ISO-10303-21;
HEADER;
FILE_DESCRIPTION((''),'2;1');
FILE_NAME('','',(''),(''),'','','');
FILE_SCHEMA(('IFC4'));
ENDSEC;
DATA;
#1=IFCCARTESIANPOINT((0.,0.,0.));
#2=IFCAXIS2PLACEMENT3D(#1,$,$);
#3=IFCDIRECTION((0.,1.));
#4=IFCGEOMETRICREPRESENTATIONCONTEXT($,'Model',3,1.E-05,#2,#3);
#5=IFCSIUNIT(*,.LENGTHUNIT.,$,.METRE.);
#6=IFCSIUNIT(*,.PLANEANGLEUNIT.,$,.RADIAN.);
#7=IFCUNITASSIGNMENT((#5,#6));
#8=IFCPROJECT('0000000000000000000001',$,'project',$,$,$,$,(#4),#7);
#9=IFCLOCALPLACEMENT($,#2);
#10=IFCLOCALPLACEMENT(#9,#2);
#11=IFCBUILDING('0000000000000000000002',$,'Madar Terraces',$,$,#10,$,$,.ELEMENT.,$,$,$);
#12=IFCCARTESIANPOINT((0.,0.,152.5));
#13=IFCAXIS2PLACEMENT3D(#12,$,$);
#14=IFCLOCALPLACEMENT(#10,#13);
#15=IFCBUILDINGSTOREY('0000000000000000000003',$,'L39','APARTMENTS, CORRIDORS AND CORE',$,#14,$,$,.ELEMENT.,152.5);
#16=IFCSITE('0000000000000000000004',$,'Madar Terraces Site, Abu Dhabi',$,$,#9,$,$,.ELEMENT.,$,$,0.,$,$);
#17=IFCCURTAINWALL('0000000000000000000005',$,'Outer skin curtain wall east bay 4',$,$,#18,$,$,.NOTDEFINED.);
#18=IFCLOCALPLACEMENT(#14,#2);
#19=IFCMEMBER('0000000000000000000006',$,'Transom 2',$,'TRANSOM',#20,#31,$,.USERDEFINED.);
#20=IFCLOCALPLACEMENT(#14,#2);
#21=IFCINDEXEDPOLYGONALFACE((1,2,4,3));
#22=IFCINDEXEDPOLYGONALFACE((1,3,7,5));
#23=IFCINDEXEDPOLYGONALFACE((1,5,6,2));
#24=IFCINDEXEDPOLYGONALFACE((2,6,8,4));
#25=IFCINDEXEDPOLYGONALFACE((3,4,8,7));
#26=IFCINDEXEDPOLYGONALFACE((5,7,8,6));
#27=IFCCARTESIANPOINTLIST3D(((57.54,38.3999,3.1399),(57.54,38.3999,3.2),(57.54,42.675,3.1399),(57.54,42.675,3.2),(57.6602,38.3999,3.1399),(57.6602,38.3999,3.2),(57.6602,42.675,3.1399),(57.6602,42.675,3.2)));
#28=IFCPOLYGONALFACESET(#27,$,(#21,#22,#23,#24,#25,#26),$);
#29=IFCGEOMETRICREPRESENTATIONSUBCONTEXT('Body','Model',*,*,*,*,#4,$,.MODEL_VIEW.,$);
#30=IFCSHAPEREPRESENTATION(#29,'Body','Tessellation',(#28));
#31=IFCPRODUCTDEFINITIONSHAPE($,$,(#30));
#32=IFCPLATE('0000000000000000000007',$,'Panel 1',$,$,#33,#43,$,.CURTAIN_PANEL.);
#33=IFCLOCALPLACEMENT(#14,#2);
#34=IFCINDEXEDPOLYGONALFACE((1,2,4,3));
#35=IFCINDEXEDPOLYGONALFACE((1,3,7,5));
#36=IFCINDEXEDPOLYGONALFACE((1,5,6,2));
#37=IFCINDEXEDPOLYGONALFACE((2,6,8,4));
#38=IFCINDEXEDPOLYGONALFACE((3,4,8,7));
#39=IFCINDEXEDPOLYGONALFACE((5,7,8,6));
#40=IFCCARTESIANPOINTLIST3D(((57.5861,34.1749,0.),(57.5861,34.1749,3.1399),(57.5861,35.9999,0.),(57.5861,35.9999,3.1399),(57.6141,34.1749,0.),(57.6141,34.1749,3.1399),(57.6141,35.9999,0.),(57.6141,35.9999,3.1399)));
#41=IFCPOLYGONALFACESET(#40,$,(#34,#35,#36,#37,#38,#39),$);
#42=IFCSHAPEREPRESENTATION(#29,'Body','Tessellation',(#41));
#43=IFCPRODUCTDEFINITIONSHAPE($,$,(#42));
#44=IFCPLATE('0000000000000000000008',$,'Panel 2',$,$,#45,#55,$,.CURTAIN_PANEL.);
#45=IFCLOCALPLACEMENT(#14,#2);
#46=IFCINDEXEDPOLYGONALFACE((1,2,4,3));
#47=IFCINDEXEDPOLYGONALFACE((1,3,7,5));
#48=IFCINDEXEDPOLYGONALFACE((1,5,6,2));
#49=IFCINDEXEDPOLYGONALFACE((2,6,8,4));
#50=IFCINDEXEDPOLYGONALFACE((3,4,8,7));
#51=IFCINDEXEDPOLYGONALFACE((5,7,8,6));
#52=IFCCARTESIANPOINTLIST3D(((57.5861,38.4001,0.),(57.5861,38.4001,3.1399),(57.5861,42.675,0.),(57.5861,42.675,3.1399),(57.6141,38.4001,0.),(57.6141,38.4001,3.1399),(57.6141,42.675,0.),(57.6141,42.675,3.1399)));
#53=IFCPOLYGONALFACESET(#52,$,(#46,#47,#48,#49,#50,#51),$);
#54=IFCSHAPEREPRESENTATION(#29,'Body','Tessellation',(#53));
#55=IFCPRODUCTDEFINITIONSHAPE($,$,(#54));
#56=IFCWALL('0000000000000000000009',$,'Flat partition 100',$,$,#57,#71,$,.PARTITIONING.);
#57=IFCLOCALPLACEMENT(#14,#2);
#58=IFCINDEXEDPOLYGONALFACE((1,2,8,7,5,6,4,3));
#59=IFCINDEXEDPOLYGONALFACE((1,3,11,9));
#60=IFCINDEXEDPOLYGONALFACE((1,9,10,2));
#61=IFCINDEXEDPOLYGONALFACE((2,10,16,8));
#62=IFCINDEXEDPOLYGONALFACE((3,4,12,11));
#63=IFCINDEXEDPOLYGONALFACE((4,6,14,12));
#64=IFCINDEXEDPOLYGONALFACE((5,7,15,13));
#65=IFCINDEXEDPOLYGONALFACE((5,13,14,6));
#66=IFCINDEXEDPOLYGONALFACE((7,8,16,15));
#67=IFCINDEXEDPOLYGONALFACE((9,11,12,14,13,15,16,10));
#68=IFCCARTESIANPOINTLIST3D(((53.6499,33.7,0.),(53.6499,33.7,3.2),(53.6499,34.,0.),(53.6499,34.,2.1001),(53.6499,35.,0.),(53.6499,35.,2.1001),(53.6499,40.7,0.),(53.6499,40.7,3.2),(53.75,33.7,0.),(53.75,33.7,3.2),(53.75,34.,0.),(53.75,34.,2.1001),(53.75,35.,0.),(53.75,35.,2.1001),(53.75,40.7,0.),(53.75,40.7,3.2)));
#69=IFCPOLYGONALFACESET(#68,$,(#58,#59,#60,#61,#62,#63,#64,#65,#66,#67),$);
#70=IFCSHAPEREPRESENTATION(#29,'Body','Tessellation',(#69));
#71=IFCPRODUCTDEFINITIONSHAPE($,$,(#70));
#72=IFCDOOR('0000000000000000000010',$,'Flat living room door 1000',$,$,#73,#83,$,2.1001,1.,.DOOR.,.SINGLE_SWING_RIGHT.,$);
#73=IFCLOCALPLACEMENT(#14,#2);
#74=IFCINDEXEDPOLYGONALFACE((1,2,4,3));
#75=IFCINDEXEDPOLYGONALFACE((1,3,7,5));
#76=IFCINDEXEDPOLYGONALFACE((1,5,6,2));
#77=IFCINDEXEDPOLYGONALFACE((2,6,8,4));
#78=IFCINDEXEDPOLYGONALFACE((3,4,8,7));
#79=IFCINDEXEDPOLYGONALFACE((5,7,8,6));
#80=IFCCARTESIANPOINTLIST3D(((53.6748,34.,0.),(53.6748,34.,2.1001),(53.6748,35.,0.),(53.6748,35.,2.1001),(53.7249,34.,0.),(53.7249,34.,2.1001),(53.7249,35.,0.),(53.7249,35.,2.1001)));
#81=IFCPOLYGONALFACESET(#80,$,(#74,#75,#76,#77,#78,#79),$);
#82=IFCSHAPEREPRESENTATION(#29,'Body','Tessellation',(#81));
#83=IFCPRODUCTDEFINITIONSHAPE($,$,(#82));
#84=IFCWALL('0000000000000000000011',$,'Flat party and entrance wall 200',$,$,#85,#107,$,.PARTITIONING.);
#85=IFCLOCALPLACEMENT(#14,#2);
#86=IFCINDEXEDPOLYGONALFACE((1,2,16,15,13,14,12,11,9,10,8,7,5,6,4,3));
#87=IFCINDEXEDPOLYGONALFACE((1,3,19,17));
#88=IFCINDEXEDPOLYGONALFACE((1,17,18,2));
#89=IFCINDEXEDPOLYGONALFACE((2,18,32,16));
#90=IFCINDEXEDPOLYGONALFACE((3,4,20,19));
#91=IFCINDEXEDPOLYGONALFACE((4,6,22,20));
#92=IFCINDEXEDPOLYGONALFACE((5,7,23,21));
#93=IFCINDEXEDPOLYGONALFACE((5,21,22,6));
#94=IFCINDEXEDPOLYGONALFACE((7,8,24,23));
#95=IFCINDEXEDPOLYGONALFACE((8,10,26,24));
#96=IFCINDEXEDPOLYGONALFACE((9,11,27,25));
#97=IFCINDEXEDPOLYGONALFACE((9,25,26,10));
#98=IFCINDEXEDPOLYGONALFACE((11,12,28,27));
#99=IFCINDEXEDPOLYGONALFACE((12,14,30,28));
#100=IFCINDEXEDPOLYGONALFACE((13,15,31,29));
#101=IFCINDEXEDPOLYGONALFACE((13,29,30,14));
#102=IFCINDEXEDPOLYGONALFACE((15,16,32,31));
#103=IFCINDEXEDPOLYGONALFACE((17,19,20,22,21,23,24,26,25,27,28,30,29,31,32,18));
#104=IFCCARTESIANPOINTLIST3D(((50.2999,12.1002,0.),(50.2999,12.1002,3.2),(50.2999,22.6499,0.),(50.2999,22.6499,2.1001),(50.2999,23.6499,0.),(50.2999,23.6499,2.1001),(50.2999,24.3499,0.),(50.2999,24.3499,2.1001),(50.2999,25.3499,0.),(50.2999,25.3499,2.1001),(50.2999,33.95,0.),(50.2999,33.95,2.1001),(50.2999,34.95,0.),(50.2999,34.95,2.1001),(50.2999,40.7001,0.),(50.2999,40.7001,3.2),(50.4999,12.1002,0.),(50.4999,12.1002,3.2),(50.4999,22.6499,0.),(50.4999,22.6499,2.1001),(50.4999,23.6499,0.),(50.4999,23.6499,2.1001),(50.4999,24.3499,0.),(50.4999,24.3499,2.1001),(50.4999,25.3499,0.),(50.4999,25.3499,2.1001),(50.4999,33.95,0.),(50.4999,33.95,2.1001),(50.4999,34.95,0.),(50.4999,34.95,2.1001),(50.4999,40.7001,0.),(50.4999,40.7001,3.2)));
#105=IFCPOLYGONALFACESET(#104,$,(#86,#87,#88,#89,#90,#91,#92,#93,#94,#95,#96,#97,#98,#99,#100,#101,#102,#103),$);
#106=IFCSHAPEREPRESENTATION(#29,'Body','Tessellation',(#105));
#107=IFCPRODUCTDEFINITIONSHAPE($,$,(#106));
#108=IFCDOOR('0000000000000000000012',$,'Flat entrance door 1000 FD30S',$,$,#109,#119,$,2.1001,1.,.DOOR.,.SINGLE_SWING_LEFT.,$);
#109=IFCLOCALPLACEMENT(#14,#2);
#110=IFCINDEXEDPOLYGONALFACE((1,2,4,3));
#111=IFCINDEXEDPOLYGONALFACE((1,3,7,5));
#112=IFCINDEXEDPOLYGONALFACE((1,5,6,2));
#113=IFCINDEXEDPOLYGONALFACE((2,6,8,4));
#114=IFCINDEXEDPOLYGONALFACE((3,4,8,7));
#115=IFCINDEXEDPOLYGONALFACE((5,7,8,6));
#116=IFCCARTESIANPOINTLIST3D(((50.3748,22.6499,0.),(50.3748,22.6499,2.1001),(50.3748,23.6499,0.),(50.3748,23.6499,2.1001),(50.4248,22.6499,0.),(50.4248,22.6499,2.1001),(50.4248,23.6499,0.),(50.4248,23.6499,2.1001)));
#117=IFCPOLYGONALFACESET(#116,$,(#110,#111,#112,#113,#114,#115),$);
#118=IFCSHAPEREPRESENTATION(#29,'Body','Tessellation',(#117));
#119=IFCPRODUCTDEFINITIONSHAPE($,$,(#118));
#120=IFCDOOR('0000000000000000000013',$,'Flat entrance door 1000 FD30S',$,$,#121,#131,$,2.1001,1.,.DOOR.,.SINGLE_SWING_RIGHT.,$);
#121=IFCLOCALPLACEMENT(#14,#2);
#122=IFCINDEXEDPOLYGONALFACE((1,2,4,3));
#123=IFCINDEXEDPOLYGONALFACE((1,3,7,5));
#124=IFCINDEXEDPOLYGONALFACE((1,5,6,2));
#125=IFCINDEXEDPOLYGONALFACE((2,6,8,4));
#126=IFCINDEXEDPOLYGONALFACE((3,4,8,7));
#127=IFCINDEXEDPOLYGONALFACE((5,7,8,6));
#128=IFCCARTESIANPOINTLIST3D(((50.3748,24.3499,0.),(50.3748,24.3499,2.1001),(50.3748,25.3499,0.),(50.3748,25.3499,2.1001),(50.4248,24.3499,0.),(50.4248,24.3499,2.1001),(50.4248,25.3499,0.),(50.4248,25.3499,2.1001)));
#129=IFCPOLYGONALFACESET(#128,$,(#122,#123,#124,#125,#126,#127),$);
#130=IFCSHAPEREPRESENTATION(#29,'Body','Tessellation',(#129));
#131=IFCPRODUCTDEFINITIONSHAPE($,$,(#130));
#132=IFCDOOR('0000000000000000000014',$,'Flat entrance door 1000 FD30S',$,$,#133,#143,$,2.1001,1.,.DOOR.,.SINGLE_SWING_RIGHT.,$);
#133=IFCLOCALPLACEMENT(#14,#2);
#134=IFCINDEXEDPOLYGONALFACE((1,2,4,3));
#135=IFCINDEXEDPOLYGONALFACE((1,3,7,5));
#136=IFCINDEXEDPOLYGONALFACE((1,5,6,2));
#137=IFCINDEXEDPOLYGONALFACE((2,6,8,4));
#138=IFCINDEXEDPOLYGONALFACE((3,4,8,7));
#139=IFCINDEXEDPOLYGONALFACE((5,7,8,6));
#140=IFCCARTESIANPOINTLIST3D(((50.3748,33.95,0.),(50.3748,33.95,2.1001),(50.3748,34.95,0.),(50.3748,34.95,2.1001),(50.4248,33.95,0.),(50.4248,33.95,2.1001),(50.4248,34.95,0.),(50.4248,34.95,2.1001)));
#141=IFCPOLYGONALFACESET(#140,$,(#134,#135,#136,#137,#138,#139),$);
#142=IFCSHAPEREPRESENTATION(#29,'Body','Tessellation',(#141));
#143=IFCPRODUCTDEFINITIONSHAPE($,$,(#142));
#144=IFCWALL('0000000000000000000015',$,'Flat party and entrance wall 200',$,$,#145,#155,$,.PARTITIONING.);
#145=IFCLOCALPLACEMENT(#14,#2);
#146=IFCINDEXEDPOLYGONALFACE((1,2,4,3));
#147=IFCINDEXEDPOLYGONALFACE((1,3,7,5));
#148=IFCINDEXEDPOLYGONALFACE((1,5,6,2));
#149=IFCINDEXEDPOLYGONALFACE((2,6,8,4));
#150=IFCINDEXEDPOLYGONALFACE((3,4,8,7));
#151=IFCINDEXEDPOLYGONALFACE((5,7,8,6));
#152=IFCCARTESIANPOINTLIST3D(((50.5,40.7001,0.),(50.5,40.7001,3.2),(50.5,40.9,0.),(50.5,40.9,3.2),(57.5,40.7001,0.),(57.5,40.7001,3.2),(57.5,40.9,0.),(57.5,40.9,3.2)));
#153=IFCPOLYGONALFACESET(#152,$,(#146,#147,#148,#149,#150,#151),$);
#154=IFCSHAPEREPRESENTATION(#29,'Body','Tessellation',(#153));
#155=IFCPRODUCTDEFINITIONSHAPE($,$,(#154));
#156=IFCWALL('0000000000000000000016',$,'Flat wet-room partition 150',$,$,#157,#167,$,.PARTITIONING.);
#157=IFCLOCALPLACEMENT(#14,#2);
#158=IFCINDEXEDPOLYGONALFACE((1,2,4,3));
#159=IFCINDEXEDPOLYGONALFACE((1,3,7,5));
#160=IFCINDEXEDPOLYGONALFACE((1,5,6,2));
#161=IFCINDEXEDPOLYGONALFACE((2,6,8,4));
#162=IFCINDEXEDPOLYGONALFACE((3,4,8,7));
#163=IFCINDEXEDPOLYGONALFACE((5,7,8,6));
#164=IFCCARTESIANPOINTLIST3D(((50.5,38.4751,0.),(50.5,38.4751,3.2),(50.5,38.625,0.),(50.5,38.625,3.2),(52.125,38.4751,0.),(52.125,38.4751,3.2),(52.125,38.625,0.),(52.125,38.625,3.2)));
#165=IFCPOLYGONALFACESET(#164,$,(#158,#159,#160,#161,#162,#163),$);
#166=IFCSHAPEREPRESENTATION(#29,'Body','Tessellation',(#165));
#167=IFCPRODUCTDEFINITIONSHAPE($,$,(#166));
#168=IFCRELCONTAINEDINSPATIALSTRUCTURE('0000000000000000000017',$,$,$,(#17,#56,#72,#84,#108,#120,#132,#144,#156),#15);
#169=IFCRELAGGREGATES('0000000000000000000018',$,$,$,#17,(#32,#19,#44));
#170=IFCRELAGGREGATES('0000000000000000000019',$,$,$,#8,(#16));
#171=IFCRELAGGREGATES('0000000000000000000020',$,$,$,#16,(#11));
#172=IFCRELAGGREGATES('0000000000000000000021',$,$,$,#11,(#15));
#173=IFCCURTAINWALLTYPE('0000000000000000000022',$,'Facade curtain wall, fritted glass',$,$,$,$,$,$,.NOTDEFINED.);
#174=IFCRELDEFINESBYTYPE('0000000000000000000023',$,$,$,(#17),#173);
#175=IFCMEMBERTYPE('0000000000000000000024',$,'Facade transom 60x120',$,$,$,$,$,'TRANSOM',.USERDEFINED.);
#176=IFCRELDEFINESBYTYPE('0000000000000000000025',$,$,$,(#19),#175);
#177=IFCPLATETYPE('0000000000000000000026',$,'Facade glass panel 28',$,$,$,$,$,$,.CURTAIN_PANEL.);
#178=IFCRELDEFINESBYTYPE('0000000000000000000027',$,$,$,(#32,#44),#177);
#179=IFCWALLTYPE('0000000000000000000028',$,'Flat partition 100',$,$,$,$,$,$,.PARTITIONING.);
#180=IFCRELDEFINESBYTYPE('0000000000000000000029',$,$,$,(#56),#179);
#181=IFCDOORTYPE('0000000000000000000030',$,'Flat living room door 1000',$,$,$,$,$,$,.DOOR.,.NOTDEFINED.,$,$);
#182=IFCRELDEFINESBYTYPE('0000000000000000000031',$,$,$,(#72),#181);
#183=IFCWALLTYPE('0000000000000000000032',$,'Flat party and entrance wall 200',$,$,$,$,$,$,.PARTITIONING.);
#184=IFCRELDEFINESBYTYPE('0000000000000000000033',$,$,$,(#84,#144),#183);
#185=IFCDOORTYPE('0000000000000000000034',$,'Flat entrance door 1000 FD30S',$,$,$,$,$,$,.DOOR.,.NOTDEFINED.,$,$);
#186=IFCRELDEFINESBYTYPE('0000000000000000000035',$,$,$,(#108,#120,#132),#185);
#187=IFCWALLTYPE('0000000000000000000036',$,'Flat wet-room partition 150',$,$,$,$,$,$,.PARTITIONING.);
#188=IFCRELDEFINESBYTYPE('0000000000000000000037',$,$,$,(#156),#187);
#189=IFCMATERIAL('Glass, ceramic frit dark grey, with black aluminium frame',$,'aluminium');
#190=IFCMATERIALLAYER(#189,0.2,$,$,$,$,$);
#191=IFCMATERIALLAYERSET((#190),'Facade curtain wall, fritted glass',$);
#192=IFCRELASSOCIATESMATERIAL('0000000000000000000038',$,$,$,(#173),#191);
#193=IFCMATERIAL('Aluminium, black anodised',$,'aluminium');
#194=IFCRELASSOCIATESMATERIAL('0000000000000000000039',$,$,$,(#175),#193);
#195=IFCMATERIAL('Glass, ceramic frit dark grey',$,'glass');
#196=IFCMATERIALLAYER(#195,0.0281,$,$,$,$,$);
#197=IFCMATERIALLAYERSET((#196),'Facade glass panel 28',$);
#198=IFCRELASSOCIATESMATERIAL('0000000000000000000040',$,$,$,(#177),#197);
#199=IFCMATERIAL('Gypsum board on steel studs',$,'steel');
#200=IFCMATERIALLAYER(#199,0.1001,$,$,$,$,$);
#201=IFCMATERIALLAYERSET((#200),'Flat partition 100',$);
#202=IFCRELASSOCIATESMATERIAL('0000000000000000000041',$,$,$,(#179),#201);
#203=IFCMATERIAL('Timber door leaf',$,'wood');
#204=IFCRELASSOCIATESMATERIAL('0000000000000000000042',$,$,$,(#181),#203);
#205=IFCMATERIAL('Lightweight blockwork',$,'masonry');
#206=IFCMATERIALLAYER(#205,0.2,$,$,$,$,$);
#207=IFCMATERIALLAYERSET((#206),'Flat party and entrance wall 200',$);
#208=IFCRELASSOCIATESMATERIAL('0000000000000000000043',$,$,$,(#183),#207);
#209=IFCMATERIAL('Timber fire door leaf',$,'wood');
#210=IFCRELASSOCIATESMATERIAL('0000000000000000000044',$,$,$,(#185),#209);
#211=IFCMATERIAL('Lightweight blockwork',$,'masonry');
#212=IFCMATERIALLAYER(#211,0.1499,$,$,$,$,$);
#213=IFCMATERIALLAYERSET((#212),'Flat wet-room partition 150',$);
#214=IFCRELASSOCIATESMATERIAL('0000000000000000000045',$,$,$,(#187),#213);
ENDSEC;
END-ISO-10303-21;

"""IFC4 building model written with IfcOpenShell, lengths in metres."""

from ifc_helpers import new_model, si_unit, direction, frame, frame_2d, origin, origin_2d, place, context, subcontext, project, spatial, rectangle, extrude, material, layer, layer_set, material_profile, profile_set, type_object, element, fill, aggregate, save


model = new_model("IFC4")

# Units and contexts
model_context = context("Model", 3, precision=1e-05, world=origin(), true_north=direction((0.0, 1.0)))
body_context = subcontext(model_context, "Body", "Model", "MODEL_VIEW")
ifc_project = project(units=[si_unit("LENGTHUNIT", "METRE"), si_unit("PLANEANGLEUNIT", "RADIAN")], contexts=[model_context])

# Site, building, storey
site_placement = place(None, origin())
site = spatial("IfcSite", under=ifc_project, at=site_placement, Name="Madar Terraces Site, Abu Dhabi", CompositionType="ELEMENT", RefElevation=0.0)
building_placement = place(site_placement, origin())
building = spatial("IfcBuilding", under=site, at=building_placement, Name="Madar Terraces", CompositionType="ELEMENT")
storey_placement = place(building_placement, frame((0.0, 0.0, 152.5)))
storey = spatial("IfcBuildingStorey", under=building, at=storey_placement, Name="L39", Description="APARTMENTS, CORRIDORS AND CORE", CompositionType="ELEMENT", Elevation=152.5)

# Curtain wall, member, plates
ifc_material_1 = material(Name="Glass, ceramic frit dark grey, with black aluminium frame", Category="aluminium")
ifc_layer_1 = layer(ifc_material_1, 0.2)
ifc_layer_set_1 = layer_set([ifc_layer_1], Name="Facade curtain wall, fritted glass")
curtain_wall_type = type_object("IfcCurtainWallType", Name="Facade curtain wall, fritted glass", PredefinedType="NOTDEFINED", material=ifc_layer_set_1)
curtain_wall_placement = place(storey_placement, origin())
curtain_wall = element("IfcCurtainWall", 1, at=curtain_wall_placement, inside=storey, type_object=curtain_wall_type, Name="Outer skin curtain wall east bay 4", PredefinedType="NOTDEFINED")
ifc_material_2 = material(Name="Aluminium, black anodised", Category="aluminium")
ifc_material_profile = material_profile(ifc_material_2, rectangle(XDim=0.1201, YDim=0.0601, at=origin_2d()), Name="Facade transom 60x120")
ifc_profile_set = profile_set([ifc_material_profile], Name="Aluminium, black anodised")
member_type = type_object("IfcMemberType", Name="Facade transom 60x120", ElementType="TRANSOM", PredefinedType="USERDEFINED", material=ifc_profile_set)
member_placement = place(storey_placement, frame((57.6001, 38.3999, 3.1699), z_axis=(0.0, 1.0, 0.0), x_axis=(-1.0, 0.0, 0.0)))
member = element("IfcMember", 2, at=member_placement, type_object=member_type, Name="Transom 2", ObjectType="TRANSOM", PredefinedType="USERDEFINED", context=body_context, shape_type="SweptSolid", body=[
    extrude(rectangle(XDim=0.1201, YDim=0.0601, at=origin_2d()), origin(), (0.0, 0.0, 1.0), 4.2751),
])
ifc_material_3 = material(Name="Glass, ceramic frit dark grey", Category="glass")
ifc_layer_2 = layer(ifc_material_3, 0.0281)
ifc_layer_set_2 = layer_set([ifc_layer_2], Name="Facade glass panel 28")
plate_type = type_object("IfcPlateType", Name="Facade glass panel 28", PredefinedType="CURTAIN_PANEL", material=ifc_layer_set_2)
plate_1_placement = place(storey_placement, frame((57.6001, 35.0874, 0.0), z_axis=(0.0, 0.0, 1.0), x_axis=(0.0, 1.0, 0.0)))
plate_1 = element("IfcPlate", 3, at=plate_1_placement, type_object=plate_type, Name="Panel 1", PredefinedType="CURTAIN_PANEL", context=body_context, shape_type="SweptSolid", body=[
    extrude(rectangle(XDim=1.825, YDim=0.0281, at=origin_2d()), origin(), (0.0, 0.0, 1.0), 3.1399),
])
plate_2_placement = place(storey_placement, frame((57.6001, 40.5376, 0.0), z_axis=(0.0, 0.0, 1.0), x_axis=(0.0, 1.0, 0.0)))
plate_2 = element("IfcPlate", 4, at=plate_2_placement, type_object=plate_type, Name="Panel 2", PredefinedType="CURTAIN_PANEL", context=body_context, shape_type="SweptSolid", body=[
    extrude(rectangle(XDim=4.2749, YDim=0.0281, at=origin_2d()), origin(), (0.0, 0.0, 1.0), 3.1399),
])
aggregate(curtain_wall, [plate_1, member, plate_2])

# Wall, opening, door
ifc_material_4 = material(Name="Gypsum board on steel studs", Category="steel")
ifc_layer_3 = layer(ifc_material_4, 0.1001)
ifc_layer_set_3 = layer_set([ifc_layer_3], Name="Flat partition 100")
wall_type_1 = type_object("IfcWallType", Name="Flat partition 100", PredefinedType="PARTITIONING", material=ifc_layer_set_3)
wall_1_placement = place(storey_placement, frame((53.7, 40.7, 0.0), z_axis=(0.0, 0.0, 1.0), x_axis=(0.0, -1.0, 0.0)))
wall_1 = element("IfcWall", 5, at=wall_1_placement, inside=storey, type_object=wall_type_1, Name="Flat partition 100", PredefinedType="PARTITIONING", context=body_context, shape_type="SweptSolid", body=[
    extrude(rectangle(XDim=7.0, YDim=0.1001, at=frame_2d((3.5, 0.0))), origin(), (0.0, 0.0, 1.0), 3.2),
])
opening_1_placement = place(wall_1_placement, frame((5.7, 0.0, 0.0)))
opening_1 = element("IfcOpeningElement", 6, at=opening_1_placement, cuts=wall_1, PredefinedType="OPENING", context=body_context, shape_type="SweptSolid", body=[
    extrude(rectangle(XDim=1.0, YDim=2.1001, at=frame_2d((0.5, 1.05))), frame((0.0, 0.0601, 0.0), z_axis=(0.0, -1.0, 0.0), x_axis=(1.0, 0.0, 0.0)), (0.0, 0.0, 1.0), 0.1201),
])
ifc_material_5 = material(Name="Timber door leaf", Category="wood")
door_type_1 = type_object("IfcDoorType", Name="Flat living room door 1000", OperationType="NOTDEFINED", PredefinedType="DOOR", material=ifc_material_5)
door_1_placement = place(opening_1_placement, origin())
door_1 = element("IfcDoor", 7, at=door_1_placement, inside=storey, type_object=door_type_1, Name="Flat living room door 1000", OperationType="SINGLE_SWING_RIGHT", OverallHeight=2.1001, OverallWidth=1.0, PredefinedType="DOOR", context=body_context, shape_type="SweptSolid", body=[
    extrude(rectangle(XDim=1.0, YDim=2.1001, at=frame_2d((0.5, 1.05))), frame((0.0, 0.0249, 0.0), z_axis=(0.0, -1.0, 0.0), x_axis=(1.0, 0.0, 0.0)), (0.0, 0.0, 1.0), 0.05),
])
fill(opening_1, door_1)

# Wall, openings, doors
ifc_material_6 = material(Name="Lightweight blockwork", Category="masonry")
ifc_layer_4 = layer(ifc_material_6, 0.2)
ifc_layer_set_4 = layer_set([ifc_layer_4], Name="Flat party and entrance wall 200")
wall_type_2 = type_object("IfcWallType", Name="Flat party and entrance wall 200", PredefinedType="PARTITIONING", material=ifc_layer_set_4)
wall_2_placement = place(storey_placement, frame((50.3999, 40.7, 0.0), z_axis=(0.0, 0.0, 1.0), x_axis=(0.0, -1.0, 0.0)))
wall_2 = element("IfcWall", 8, at=wall_2_placement, inside=storey, type_object=wall_type_2, Name="Flat party and entrance wall 200", PredefinedType="PARTITIONING", context=body_context, shape_type="SweptSolid", body=[
    extrude(rectangle(XDim=28.5999, YDim=0.2, at=frame_2d((14.2998, 0.0))), origin(), (0.0, 0.0, 1.0), 3.2),
])
opening_2_placement = place(wall_2_placement, frame((17.05, 0.0, 0.0)))
opening_2 = element("IfcOpeningElement", 9, at=opening_2_placement, cuts=wall_2, PredefinedType="OPENING", context=body_context, shape_type="SweptSolid", body=[
    extrude(rectangle(XDim=1.0, YDim=2.1001, at=frame_2d((0.5, 1.05))), frame((0.0, 0.1099, 0.0), z_axis=(0.0, -1.0, 0.0), x_axis=(1.0, 0.0, 0.0)), (0.0, 0.0, 1.0), 0.22),
])
opening_3_placement = place(wall_2_placement, frame((15.3501, 0.0, 0.0)))
opening_3 = element("IfcOpeningElement", 10, at=opening_3_placement, cuts=wall_2, PredefinedType="OPENING", context=body_context, shape_type="SweptSolid", body=[
    extrude(rectangle(XDim=1.0, YDim=2.1001, at=frame_2d((0.5, 1.05))), frame((0.0, 0.1099, 0.0), z_axis=(0.0, -1.0, 0.0), x_axis=(1.0, 0.0, 0.0)), (0.0, 0.0, 1.0), 0.22),
])
opening_4_placement = place(wall_2_placement, frame((5.75, 0.0, 0.0)))
opening_4 = element("IfcOpeningElement", 11, at=opening_4_placement, cuts=wall_2, PredefinedType="OPENING", context=body_context, shape_type="SweptSolid", body=[
    extrude(rectangle(XDim=1.0, YDim=2.1001, at=frame_2d((0.5, 1.05))), frame((0.0, 0.1099, 0.0), z_axis=(0.0, -1.0, 0.0), x_axis=(1.0, 0.0, 0.0)), (0.0, 0.0, 1.0), 0.22),
])
ifc_material_7 = material(Name="Timber fire door leaf", Category="wood")
door_type_2 = type_object("IfcDoorType", Name="Flat entrance door 1000 FD30S", OperationType="NOTDEFINED", PredefinedType="DOOR", material=ifc_material_7)
door_2_placement = place(opening_2_placement, origin())
door_2 = element("IfcDoor", 12, at=door_2_placement, inside=storey, type_object=door_type_2, Name="Flat entrance door 1000 FD30S", OperationType="SINGLE_SWING_LEFT", OverallHeight=2.1001, OverallWidth=1.0, PredefinedType="DOOR", context=body_context, shape_type="SweptSolid", body=[
    extrude(rectangle(XDim=1.0, YDim=2.1001, at=frame_2d((0.5, 1.05))), frame((0.0, 0.0249, 0.0), z_axis=(0.0, -1.0, 0.0), x_axis=(1.0, 0.0, 0.0)), (0.0, 0.0, 1.0), 0.05),
])
fill(opening_2, door_2)
door_3_placement = place(opening_3_placement, origin())
door_3 = element("IfcDoor", 13, at=door_3_placement, inside=storey, type_object=door_type_2, Name="Flat entrance door 1000 FD30S", OperationType="SINGLE_SWING_RIGHT", OverallHeight=2.1001, OverallWidth=1.0, PredefinedType="DOOR", context=body_context, shape_type="SweptSolid", body=[
    extrude(rectangle(XDim=1.0, YDim=2.1001, at=frame_2d((0.5, 1.05))), frame((0.0, 0.0249, 0.0), z_axis=(0.0, -1.0, 0.0), x_axis=(1.0, 0.0, 0.0)), (0.0, 0.0, 1.0), 0.05),
])
fill(opening_3, door_3)
door_4_placement = place(opening_4_placement, origin())
door_4 = element("IfcDoor", 14, at=door_4_placement, inside=storey, type_object=door_type_2, Name="Flat entrance door 1000 FD30S", OperationType="SINGLE_SWING_RIGHT", OverallHeight=2.1001, OverallWidth=1.0, PredefinedType="DOOR", context=body_context, shape_type="SweptSolid", body=[
    extrude(rectangle(XDim=1.0, YDim=2.1001, at=frame_2d((0.5, 1.05))), frame((0.0, 0.0249, 0.0), z_axis=(0.0, -1.0, 0.0), x_axis=(1.0, 0.0, 0.0)), (0.0, 0.0, 1.0), 0.05),
])
fill(opening_4, door_4)

# Walls
wall_3_placement = place(storey_placement, frame((50.5, 40.8, 0.0), z_axis=(0.0, 0.0, 1.0), x_axis=(1.0, 0.0, 0.0)))
element("IfcWall", 15, at=wall_3_placement, inside=storey, type_object=wall_type_2, Name="Flat party and entrance wall 200", PredefinedType="PARTITIONING", context=body_context, shape_type="SweptSolid", body=[
    extrude(rectangle(XDim=7.0, YDim=0.2, at=frame_2d((3.5, 0.0))), origin(), (0.0, 0.0, 1.0), 3.2),
])
ifc_material_8 = material(Name="Lightweight blockwork", Category="masonry")
ifc_layer_5 = layer(ifc_material_8, 0.1499)
ifc_layer_set_5 = layer_set([ifc_layer_5], Name="Flat wet-room partition 150")
wall_type_3 = type_object("IfcWallType", Name="Flat wet-room partition 150", PredefinedType="PARTITIONING", material=ifc_layer_set_5)
wall_4_placement = place(storey_placement, frame((50.5, 38.55, 0.0), z_axis=(0.0, 0.0, 1.0), x_axis=(1.0, 0.0, 0.0)))
element("IfcWall", 16, at=wall_4_placement, inside=storey, type_object=wall_type_3, Name="Flat wet-room partition 150", PredefinedType="PARTITIONING", context=body_context, shape_type="SweptSolid", body=[
    extrude(rectangle(XDim=1.625, YDim=0.1499, at=frame_2d((0.8125, 0.0))), origin(), (0.0, 0.0, 1.0), 3.2),
])

save(model, "model.ifc")
